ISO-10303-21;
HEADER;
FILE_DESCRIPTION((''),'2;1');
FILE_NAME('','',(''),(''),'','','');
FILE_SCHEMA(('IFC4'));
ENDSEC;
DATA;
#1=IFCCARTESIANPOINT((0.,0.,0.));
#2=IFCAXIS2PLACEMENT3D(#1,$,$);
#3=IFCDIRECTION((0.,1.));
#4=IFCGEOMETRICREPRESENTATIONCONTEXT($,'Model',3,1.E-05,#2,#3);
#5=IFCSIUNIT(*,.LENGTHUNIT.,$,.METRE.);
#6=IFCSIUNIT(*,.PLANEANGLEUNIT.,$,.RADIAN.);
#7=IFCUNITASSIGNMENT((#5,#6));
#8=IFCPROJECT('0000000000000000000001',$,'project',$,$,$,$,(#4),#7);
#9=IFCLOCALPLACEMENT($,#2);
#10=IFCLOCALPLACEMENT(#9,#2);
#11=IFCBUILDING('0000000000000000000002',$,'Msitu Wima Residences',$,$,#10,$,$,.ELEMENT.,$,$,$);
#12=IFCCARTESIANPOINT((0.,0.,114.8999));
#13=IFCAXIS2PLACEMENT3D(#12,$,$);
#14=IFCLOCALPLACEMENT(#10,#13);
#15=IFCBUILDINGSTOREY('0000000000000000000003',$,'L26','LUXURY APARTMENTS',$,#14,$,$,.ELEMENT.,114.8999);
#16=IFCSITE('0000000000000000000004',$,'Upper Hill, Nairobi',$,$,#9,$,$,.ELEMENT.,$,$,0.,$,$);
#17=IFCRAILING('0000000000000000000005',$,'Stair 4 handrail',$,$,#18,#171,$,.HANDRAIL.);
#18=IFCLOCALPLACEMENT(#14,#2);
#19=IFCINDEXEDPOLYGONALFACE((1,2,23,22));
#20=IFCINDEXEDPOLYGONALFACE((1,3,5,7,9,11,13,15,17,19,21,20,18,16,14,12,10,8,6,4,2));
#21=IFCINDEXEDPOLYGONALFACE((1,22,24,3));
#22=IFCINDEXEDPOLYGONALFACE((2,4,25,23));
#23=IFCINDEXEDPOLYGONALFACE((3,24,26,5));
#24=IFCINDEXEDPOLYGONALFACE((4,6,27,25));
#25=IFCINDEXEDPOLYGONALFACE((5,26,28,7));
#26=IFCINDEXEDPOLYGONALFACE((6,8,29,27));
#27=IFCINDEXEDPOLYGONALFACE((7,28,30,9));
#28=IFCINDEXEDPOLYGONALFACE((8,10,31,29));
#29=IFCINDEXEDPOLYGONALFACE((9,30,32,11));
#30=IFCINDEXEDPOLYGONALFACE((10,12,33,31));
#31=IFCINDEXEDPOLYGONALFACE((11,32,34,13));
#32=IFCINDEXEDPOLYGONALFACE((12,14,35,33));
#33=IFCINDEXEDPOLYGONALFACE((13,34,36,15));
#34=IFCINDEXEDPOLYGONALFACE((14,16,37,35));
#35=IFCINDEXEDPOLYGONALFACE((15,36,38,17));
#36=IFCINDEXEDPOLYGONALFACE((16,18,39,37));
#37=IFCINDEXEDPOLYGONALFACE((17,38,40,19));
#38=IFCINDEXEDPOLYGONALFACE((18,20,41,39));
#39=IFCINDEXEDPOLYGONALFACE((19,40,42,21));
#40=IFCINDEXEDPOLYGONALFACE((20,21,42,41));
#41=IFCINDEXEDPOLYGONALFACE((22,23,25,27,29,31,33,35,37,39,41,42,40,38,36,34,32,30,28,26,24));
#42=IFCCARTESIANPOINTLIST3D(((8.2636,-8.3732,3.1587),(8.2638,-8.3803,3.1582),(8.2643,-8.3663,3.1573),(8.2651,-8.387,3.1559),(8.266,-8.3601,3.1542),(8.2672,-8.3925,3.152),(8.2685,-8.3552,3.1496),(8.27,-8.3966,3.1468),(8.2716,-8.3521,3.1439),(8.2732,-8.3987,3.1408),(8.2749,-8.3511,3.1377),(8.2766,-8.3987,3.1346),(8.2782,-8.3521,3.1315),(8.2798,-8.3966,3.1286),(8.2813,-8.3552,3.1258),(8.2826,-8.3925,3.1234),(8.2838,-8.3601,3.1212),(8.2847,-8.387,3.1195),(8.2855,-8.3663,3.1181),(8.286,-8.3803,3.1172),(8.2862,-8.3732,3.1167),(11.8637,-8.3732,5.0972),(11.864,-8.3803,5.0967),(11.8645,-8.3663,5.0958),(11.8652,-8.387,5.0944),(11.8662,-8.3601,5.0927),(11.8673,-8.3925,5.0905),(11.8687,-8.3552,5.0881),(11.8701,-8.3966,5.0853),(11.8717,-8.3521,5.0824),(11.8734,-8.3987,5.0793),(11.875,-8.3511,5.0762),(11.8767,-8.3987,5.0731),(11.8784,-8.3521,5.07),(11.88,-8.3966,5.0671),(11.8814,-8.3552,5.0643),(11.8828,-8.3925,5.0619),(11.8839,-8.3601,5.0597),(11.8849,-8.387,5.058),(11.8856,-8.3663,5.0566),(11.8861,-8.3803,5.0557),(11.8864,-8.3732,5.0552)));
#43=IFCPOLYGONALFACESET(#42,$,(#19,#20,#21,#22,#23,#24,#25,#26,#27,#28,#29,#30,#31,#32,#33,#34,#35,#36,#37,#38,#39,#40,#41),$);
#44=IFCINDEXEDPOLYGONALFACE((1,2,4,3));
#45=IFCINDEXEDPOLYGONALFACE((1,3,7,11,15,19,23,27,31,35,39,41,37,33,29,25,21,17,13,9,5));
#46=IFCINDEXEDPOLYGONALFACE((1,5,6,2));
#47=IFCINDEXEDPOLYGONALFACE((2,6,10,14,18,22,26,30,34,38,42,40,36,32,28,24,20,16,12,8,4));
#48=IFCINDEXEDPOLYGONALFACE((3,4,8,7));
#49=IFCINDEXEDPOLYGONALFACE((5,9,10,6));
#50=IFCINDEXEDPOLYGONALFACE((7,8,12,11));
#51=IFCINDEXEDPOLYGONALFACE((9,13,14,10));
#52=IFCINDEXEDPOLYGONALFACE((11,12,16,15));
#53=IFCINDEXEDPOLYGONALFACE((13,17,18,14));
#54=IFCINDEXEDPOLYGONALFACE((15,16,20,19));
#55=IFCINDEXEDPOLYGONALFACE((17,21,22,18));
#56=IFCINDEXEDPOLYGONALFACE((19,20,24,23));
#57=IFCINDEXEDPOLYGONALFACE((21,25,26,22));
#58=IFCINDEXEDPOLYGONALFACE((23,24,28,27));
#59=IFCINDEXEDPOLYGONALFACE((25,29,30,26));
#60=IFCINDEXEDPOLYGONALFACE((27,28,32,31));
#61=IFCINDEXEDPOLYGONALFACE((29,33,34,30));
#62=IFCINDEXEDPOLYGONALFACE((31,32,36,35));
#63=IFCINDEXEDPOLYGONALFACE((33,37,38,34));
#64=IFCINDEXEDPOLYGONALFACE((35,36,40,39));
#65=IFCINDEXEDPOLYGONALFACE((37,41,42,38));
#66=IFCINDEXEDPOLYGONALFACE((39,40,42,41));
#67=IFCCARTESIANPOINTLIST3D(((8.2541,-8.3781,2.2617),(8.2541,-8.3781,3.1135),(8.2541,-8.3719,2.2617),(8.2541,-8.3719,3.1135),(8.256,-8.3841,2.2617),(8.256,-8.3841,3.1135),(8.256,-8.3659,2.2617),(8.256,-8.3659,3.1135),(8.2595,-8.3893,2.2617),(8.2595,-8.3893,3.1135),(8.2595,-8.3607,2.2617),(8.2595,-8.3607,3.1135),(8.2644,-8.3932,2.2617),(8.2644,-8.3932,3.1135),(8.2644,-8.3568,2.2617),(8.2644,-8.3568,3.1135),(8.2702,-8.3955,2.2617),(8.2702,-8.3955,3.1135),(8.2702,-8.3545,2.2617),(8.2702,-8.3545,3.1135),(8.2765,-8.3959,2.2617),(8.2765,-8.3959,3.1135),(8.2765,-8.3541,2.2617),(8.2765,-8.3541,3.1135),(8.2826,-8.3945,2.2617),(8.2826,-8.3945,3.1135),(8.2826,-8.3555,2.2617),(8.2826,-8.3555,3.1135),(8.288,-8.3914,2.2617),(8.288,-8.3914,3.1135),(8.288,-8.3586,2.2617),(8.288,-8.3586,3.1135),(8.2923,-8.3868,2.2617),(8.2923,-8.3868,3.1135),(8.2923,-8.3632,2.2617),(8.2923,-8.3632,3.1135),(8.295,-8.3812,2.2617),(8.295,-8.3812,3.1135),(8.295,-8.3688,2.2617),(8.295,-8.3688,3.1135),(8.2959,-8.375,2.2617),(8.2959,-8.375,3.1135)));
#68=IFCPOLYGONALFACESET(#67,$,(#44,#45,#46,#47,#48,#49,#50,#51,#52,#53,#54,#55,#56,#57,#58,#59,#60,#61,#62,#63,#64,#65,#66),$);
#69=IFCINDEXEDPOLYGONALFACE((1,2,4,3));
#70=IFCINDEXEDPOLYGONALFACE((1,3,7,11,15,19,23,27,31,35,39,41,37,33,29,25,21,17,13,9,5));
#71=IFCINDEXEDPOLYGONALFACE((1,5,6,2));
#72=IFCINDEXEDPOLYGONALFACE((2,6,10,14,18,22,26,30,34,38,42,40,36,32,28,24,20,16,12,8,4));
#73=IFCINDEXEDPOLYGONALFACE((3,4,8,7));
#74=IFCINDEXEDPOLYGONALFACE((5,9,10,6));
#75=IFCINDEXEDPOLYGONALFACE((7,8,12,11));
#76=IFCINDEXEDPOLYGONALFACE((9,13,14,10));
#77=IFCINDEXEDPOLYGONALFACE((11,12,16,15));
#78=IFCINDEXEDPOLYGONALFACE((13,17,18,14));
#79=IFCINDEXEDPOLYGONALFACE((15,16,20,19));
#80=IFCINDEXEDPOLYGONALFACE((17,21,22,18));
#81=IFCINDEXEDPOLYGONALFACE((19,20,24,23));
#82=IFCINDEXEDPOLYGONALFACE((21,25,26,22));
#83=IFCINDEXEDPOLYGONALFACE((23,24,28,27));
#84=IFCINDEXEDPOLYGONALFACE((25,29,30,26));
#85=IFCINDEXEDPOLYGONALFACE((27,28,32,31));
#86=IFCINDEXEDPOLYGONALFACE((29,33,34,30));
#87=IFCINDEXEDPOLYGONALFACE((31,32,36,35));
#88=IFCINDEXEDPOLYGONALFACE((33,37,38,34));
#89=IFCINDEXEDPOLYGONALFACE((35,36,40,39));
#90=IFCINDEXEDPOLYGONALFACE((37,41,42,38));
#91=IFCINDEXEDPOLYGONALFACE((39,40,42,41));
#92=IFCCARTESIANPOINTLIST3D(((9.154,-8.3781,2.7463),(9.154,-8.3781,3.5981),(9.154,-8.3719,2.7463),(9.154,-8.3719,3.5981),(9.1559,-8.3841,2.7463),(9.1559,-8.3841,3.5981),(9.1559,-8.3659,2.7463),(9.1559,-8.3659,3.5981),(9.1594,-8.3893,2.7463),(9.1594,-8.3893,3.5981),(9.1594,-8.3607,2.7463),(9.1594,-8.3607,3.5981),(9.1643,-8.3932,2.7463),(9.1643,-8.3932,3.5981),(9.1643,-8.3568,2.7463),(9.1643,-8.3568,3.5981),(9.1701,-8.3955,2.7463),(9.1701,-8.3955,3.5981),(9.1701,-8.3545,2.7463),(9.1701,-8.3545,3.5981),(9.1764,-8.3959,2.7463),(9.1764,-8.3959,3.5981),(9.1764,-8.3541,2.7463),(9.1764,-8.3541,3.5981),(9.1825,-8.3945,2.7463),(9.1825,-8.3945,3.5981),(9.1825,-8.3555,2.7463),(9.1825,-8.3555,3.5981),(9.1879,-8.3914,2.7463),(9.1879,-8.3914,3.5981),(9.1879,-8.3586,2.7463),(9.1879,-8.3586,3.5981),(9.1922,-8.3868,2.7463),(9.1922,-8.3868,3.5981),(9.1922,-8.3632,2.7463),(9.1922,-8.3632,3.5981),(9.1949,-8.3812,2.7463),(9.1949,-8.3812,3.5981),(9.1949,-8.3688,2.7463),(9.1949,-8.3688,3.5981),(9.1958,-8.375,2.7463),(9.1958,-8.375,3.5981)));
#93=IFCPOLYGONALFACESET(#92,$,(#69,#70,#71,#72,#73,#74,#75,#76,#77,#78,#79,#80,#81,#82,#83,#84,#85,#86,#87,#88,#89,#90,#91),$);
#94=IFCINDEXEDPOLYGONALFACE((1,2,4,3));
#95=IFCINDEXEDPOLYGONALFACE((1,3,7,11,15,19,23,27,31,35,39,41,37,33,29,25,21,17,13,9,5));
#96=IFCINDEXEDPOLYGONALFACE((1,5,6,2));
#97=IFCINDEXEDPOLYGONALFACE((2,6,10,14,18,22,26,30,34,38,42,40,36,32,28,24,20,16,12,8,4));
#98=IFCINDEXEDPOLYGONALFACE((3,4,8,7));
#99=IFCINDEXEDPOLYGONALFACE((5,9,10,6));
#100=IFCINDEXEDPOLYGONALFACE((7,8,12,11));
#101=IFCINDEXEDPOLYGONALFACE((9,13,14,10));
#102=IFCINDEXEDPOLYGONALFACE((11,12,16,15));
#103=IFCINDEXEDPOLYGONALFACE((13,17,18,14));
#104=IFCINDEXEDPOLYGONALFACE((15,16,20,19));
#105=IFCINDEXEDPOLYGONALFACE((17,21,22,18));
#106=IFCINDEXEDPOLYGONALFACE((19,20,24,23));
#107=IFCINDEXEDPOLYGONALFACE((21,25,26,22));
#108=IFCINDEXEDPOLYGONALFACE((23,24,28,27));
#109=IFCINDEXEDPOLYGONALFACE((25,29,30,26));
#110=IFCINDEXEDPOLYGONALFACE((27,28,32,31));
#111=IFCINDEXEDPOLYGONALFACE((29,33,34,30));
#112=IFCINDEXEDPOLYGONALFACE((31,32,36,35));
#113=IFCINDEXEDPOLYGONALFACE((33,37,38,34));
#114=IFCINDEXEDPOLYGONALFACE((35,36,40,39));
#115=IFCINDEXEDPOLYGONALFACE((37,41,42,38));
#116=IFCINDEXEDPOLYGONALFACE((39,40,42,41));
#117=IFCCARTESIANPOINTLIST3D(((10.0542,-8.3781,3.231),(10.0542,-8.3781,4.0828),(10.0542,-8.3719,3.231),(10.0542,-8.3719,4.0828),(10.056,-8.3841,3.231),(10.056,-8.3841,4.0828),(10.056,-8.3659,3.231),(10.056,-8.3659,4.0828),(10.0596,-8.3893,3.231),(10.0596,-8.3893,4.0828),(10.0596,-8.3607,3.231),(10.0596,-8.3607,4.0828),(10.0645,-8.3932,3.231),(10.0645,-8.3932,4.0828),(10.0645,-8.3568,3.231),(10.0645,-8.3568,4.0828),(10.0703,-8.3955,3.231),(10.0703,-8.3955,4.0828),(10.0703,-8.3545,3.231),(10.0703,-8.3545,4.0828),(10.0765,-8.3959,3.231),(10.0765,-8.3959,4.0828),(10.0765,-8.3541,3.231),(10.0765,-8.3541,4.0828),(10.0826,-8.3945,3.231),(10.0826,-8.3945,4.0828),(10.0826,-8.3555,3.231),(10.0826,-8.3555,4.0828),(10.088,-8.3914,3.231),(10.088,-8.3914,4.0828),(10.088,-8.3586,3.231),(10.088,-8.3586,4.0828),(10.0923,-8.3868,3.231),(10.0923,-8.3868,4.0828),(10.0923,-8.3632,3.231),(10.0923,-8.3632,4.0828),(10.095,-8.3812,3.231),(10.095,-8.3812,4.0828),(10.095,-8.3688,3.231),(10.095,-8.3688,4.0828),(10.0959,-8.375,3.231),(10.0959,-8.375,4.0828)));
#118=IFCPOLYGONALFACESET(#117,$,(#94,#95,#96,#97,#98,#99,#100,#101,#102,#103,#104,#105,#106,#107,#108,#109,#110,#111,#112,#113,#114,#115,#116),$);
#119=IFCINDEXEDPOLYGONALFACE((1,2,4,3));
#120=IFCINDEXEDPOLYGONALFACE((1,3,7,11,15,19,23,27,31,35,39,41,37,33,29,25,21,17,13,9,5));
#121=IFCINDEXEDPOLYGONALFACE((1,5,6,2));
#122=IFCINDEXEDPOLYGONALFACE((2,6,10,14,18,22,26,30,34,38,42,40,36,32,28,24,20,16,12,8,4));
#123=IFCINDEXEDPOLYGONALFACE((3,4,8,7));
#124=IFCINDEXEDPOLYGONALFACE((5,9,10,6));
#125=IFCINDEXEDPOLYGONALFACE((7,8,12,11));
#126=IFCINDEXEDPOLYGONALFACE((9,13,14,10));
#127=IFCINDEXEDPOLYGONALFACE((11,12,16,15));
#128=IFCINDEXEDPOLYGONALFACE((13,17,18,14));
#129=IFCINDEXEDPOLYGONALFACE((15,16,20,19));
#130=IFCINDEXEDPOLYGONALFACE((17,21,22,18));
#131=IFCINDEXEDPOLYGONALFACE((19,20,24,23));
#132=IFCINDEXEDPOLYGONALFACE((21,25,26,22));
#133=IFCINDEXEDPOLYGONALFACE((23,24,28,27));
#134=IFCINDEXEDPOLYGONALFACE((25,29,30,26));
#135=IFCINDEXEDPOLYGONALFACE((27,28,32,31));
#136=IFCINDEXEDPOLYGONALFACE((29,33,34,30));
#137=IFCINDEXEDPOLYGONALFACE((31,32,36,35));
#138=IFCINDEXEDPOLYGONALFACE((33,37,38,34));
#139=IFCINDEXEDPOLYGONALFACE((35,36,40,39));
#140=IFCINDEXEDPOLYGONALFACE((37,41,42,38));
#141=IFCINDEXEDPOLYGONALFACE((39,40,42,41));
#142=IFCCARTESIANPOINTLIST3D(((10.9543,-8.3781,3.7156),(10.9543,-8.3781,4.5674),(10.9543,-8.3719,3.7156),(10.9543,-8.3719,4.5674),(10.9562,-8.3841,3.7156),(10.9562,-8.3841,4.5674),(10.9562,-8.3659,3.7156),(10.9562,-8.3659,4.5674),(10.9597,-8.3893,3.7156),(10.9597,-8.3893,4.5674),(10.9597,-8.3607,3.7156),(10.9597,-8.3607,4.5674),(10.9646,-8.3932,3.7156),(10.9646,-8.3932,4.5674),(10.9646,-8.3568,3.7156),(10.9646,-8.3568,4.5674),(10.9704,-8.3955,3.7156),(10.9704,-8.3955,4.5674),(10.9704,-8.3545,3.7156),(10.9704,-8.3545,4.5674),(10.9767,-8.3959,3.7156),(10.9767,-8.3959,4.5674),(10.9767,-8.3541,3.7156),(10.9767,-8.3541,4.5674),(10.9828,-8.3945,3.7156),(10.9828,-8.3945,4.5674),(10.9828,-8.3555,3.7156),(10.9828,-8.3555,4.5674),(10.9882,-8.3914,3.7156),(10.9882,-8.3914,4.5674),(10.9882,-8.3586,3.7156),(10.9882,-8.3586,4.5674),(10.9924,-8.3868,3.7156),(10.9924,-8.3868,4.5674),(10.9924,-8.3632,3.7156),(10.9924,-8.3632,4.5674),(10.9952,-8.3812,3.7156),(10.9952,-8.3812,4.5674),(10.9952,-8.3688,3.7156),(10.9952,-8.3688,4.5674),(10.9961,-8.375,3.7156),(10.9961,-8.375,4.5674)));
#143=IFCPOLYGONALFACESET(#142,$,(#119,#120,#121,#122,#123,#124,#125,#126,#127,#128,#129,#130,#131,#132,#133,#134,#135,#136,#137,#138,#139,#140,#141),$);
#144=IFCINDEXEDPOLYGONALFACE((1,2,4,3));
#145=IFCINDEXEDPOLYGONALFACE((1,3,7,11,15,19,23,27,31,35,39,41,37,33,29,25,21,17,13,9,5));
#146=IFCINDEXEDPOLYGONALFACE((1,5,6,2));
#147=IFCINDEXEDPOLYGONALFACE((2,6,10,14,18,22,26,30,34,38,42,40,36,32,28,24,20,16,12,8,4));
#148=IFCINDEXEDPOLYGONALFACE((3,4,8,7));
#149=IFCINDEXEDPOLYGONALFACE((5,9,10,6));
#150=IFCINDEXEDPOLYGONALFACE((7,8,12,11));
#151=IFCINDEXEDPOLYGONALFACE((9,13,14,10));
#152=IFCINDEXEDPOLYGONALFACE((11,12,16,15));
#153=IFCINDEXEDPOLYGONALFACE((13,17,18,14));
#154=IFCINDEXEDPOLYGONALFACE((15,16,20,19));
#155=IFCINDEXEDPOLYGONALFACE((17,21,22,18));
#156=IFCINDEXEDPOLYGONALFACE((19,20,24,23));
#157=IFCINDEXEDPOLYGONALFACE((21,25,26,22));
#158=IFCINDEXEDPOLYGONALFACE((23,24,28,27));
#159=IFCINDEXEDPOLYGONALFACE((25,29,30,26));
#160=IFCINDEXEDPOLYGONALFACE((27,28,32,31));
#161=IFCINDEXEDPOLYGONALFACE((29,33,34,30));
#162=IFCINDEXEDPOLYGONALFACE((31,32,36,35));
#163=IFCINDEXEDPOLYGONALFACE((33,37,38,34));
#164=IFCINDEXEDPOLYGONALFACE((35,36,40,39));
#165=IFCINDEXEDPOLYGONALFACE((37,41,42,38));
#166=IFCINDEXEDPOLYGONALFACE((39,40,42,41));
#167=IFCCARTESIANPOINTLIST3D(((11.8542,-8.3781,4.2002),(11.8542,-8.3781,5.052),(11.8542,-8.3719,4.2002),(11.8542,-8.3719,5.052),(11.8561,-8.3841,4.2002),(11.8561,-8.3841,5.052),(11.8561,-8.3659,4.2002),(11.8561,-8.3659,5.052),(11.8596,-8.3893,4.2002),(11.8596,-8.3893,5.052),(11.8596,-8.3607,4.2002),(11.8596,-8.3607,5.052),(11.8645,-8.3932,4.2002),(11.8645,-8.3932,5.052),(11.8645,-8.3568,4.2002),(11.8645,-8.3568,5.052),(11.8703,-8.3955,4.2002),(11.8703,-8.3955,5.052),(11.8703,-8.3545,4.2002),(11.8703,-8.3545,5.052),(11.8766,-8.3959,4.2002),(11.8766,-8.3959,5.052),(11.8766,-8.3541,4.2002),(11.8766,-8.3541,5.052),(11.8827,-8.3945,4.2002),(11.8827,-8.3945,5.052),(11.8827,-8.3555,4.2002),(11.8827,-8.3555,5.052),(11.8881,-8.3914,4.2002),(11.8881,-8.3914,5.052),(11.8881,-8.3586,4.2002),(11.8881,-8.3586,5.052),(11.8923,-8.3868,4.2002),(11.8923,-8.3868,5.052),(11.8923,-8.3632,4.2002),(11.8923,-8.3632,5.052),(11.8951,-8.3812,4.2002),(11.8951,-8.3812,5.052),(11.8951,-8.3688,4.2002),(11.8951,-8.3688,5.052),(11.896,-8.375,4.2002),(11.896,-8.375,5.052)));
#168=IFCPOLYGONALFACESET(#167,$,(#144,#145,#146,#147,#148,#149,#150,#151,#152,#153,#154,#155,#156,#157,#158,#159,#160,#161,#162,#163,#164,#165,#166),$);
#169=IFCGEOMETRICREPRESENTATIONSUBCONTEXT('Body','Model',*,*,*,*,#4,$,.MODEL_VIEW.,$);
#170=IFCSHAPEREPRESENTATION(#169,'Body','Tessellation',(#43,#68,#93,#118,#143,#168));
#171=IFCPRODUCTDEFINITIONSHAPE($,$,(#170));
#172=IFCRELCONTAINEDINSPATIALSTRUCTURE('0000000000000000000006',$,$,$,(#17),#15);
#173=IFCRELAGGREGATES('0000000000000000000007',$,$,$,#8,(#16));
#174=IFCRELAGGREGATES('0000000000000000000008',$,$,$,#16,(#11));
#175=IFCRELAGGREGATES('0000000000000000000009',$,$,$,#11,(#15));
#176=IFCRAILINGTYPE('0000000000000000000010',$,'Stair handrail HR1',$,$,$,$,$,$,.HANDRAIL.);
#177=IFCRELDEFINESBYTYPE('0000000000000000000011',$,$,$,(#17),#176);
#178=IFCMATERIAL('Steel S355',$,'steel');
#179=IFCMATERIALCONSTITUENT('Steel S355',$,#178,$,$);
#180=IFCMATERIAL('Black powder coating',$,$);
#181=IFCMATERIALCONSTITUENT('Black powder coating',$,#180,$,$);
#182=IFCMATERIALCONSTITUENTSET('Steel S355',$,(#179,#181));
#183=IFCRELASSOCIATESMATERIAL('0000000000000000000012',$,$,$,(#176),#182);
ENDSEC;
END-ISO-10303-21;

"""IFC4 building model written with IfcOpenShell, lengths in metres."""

from ifc_helpers import new_model, si_unit, direction, frame, origin, origin_2d, place, context, subcontext, project, spatial, circle, extrude, material, constituent, constituent_set, type_object, element, save


model = new_model("IFC4")

# Units and contexts
model_context = context("Model", 3, precision=1e-05, world=origin(), true_north=direction((0.0, 1.0)))
body_context = subcontext(model_context, "Body", "Model", "MODEL_VIEW")
ifc_project = project(units=[si_unit("LENGTHUNIT", "METRE"), si_unit("PLANEANGLEUNIT", "RADIAN")], contexts=[model_context])

# Site, building, storey
site_placement = place(None, origin())
site = spatial("IfcSite", under=ifc_project, at=site_placement, Name="Upper Hill, Nairobi", CompositionType="ELEMENT", RefElevation=0.0)
building_placement = place(site_placement, origin())
building = spatial("IfcBuilding", under=site, at=building_placement, Name="Msitu Wima Residences", CompositionType="ELEMENT")
storey_placement = place(building_placement, frame((0.0, 0.0, 114.8999)))
storey = spatial("IfcBuildingStorey", under=building, at=storey_placement, Name="L26", Description="LUXURY APARTMENTS", CompositionType="ELEMENT", Elevation=114.8999)

# Railing
ifc_material_1 = material(Name="Steel S355", Category="steel")
ifc_constituent_1 = constituent(ifc_material_1, Name="Steel S355")
ifc_material_2 = material(Name="Black powder coating")
ifc_constituent_2 = constituent(ifc_material_2, Name="Black powder coating")
ifc_constituent_set = constituent_set(constituents=[ifc_constituent_1, ifc_constituent_2], Name="Steel S355")
railing_type = type_object("IfcRailingType", Name="Stair handrail HR1", PredefinedType="HANDRAIL", material=ifc_constituent_set)
for number, where, name in (
    (1, (8.2749, -8.375, 2.2617), "Stair 4 handrail"),
):
    element("IfcRailing", number, at=place(storey_placement, frame(where)), inside=storey, type_object=railing_type, Name=name, PredefinedType="HANDRAIL", context=body_context, shape_type="SweptSolid", body=[
        extrude(circle(Radius=0.0239, at=origin_2d()), frame((0.0, 0.0, 0.876), z_axis=(0.880475, 0.0, 0.474093), x_axis=(0.0, 1.0, 0.0)), (0.0, 0.0, 1.0), 4.0889),
        extrude(circle(Radius=0.021, at=origin_2d()), origin(), (0.0, 0.0, 1.0), 0.8518),
        extrude(circle(Radius=0.021, at=origin_2d()), frame((0.8999, 0.0, 0.4846)), (0.0, 0.0, 1.0), 0.8518),
        extrude(circle(Radius=0.021, at=origin_2d()), frame((1.8, 0.0, 0.9692)), (0.0, 0.0, 1.0), 0.8518),
        extrude(circle(Radius=0.021, at=origin_2d()), frame((2.7002, 0.0, 1.4539)), (0.0, 0.0, 1.0), 0.8518),
        extrude(circle(Radius=0.021, at=origin_2d()), frame((3.6001, 0.0, 1.9385)), (0.0, 0.0, 1.0), 0.8518),
    ])

save(model, "model.ifc")
